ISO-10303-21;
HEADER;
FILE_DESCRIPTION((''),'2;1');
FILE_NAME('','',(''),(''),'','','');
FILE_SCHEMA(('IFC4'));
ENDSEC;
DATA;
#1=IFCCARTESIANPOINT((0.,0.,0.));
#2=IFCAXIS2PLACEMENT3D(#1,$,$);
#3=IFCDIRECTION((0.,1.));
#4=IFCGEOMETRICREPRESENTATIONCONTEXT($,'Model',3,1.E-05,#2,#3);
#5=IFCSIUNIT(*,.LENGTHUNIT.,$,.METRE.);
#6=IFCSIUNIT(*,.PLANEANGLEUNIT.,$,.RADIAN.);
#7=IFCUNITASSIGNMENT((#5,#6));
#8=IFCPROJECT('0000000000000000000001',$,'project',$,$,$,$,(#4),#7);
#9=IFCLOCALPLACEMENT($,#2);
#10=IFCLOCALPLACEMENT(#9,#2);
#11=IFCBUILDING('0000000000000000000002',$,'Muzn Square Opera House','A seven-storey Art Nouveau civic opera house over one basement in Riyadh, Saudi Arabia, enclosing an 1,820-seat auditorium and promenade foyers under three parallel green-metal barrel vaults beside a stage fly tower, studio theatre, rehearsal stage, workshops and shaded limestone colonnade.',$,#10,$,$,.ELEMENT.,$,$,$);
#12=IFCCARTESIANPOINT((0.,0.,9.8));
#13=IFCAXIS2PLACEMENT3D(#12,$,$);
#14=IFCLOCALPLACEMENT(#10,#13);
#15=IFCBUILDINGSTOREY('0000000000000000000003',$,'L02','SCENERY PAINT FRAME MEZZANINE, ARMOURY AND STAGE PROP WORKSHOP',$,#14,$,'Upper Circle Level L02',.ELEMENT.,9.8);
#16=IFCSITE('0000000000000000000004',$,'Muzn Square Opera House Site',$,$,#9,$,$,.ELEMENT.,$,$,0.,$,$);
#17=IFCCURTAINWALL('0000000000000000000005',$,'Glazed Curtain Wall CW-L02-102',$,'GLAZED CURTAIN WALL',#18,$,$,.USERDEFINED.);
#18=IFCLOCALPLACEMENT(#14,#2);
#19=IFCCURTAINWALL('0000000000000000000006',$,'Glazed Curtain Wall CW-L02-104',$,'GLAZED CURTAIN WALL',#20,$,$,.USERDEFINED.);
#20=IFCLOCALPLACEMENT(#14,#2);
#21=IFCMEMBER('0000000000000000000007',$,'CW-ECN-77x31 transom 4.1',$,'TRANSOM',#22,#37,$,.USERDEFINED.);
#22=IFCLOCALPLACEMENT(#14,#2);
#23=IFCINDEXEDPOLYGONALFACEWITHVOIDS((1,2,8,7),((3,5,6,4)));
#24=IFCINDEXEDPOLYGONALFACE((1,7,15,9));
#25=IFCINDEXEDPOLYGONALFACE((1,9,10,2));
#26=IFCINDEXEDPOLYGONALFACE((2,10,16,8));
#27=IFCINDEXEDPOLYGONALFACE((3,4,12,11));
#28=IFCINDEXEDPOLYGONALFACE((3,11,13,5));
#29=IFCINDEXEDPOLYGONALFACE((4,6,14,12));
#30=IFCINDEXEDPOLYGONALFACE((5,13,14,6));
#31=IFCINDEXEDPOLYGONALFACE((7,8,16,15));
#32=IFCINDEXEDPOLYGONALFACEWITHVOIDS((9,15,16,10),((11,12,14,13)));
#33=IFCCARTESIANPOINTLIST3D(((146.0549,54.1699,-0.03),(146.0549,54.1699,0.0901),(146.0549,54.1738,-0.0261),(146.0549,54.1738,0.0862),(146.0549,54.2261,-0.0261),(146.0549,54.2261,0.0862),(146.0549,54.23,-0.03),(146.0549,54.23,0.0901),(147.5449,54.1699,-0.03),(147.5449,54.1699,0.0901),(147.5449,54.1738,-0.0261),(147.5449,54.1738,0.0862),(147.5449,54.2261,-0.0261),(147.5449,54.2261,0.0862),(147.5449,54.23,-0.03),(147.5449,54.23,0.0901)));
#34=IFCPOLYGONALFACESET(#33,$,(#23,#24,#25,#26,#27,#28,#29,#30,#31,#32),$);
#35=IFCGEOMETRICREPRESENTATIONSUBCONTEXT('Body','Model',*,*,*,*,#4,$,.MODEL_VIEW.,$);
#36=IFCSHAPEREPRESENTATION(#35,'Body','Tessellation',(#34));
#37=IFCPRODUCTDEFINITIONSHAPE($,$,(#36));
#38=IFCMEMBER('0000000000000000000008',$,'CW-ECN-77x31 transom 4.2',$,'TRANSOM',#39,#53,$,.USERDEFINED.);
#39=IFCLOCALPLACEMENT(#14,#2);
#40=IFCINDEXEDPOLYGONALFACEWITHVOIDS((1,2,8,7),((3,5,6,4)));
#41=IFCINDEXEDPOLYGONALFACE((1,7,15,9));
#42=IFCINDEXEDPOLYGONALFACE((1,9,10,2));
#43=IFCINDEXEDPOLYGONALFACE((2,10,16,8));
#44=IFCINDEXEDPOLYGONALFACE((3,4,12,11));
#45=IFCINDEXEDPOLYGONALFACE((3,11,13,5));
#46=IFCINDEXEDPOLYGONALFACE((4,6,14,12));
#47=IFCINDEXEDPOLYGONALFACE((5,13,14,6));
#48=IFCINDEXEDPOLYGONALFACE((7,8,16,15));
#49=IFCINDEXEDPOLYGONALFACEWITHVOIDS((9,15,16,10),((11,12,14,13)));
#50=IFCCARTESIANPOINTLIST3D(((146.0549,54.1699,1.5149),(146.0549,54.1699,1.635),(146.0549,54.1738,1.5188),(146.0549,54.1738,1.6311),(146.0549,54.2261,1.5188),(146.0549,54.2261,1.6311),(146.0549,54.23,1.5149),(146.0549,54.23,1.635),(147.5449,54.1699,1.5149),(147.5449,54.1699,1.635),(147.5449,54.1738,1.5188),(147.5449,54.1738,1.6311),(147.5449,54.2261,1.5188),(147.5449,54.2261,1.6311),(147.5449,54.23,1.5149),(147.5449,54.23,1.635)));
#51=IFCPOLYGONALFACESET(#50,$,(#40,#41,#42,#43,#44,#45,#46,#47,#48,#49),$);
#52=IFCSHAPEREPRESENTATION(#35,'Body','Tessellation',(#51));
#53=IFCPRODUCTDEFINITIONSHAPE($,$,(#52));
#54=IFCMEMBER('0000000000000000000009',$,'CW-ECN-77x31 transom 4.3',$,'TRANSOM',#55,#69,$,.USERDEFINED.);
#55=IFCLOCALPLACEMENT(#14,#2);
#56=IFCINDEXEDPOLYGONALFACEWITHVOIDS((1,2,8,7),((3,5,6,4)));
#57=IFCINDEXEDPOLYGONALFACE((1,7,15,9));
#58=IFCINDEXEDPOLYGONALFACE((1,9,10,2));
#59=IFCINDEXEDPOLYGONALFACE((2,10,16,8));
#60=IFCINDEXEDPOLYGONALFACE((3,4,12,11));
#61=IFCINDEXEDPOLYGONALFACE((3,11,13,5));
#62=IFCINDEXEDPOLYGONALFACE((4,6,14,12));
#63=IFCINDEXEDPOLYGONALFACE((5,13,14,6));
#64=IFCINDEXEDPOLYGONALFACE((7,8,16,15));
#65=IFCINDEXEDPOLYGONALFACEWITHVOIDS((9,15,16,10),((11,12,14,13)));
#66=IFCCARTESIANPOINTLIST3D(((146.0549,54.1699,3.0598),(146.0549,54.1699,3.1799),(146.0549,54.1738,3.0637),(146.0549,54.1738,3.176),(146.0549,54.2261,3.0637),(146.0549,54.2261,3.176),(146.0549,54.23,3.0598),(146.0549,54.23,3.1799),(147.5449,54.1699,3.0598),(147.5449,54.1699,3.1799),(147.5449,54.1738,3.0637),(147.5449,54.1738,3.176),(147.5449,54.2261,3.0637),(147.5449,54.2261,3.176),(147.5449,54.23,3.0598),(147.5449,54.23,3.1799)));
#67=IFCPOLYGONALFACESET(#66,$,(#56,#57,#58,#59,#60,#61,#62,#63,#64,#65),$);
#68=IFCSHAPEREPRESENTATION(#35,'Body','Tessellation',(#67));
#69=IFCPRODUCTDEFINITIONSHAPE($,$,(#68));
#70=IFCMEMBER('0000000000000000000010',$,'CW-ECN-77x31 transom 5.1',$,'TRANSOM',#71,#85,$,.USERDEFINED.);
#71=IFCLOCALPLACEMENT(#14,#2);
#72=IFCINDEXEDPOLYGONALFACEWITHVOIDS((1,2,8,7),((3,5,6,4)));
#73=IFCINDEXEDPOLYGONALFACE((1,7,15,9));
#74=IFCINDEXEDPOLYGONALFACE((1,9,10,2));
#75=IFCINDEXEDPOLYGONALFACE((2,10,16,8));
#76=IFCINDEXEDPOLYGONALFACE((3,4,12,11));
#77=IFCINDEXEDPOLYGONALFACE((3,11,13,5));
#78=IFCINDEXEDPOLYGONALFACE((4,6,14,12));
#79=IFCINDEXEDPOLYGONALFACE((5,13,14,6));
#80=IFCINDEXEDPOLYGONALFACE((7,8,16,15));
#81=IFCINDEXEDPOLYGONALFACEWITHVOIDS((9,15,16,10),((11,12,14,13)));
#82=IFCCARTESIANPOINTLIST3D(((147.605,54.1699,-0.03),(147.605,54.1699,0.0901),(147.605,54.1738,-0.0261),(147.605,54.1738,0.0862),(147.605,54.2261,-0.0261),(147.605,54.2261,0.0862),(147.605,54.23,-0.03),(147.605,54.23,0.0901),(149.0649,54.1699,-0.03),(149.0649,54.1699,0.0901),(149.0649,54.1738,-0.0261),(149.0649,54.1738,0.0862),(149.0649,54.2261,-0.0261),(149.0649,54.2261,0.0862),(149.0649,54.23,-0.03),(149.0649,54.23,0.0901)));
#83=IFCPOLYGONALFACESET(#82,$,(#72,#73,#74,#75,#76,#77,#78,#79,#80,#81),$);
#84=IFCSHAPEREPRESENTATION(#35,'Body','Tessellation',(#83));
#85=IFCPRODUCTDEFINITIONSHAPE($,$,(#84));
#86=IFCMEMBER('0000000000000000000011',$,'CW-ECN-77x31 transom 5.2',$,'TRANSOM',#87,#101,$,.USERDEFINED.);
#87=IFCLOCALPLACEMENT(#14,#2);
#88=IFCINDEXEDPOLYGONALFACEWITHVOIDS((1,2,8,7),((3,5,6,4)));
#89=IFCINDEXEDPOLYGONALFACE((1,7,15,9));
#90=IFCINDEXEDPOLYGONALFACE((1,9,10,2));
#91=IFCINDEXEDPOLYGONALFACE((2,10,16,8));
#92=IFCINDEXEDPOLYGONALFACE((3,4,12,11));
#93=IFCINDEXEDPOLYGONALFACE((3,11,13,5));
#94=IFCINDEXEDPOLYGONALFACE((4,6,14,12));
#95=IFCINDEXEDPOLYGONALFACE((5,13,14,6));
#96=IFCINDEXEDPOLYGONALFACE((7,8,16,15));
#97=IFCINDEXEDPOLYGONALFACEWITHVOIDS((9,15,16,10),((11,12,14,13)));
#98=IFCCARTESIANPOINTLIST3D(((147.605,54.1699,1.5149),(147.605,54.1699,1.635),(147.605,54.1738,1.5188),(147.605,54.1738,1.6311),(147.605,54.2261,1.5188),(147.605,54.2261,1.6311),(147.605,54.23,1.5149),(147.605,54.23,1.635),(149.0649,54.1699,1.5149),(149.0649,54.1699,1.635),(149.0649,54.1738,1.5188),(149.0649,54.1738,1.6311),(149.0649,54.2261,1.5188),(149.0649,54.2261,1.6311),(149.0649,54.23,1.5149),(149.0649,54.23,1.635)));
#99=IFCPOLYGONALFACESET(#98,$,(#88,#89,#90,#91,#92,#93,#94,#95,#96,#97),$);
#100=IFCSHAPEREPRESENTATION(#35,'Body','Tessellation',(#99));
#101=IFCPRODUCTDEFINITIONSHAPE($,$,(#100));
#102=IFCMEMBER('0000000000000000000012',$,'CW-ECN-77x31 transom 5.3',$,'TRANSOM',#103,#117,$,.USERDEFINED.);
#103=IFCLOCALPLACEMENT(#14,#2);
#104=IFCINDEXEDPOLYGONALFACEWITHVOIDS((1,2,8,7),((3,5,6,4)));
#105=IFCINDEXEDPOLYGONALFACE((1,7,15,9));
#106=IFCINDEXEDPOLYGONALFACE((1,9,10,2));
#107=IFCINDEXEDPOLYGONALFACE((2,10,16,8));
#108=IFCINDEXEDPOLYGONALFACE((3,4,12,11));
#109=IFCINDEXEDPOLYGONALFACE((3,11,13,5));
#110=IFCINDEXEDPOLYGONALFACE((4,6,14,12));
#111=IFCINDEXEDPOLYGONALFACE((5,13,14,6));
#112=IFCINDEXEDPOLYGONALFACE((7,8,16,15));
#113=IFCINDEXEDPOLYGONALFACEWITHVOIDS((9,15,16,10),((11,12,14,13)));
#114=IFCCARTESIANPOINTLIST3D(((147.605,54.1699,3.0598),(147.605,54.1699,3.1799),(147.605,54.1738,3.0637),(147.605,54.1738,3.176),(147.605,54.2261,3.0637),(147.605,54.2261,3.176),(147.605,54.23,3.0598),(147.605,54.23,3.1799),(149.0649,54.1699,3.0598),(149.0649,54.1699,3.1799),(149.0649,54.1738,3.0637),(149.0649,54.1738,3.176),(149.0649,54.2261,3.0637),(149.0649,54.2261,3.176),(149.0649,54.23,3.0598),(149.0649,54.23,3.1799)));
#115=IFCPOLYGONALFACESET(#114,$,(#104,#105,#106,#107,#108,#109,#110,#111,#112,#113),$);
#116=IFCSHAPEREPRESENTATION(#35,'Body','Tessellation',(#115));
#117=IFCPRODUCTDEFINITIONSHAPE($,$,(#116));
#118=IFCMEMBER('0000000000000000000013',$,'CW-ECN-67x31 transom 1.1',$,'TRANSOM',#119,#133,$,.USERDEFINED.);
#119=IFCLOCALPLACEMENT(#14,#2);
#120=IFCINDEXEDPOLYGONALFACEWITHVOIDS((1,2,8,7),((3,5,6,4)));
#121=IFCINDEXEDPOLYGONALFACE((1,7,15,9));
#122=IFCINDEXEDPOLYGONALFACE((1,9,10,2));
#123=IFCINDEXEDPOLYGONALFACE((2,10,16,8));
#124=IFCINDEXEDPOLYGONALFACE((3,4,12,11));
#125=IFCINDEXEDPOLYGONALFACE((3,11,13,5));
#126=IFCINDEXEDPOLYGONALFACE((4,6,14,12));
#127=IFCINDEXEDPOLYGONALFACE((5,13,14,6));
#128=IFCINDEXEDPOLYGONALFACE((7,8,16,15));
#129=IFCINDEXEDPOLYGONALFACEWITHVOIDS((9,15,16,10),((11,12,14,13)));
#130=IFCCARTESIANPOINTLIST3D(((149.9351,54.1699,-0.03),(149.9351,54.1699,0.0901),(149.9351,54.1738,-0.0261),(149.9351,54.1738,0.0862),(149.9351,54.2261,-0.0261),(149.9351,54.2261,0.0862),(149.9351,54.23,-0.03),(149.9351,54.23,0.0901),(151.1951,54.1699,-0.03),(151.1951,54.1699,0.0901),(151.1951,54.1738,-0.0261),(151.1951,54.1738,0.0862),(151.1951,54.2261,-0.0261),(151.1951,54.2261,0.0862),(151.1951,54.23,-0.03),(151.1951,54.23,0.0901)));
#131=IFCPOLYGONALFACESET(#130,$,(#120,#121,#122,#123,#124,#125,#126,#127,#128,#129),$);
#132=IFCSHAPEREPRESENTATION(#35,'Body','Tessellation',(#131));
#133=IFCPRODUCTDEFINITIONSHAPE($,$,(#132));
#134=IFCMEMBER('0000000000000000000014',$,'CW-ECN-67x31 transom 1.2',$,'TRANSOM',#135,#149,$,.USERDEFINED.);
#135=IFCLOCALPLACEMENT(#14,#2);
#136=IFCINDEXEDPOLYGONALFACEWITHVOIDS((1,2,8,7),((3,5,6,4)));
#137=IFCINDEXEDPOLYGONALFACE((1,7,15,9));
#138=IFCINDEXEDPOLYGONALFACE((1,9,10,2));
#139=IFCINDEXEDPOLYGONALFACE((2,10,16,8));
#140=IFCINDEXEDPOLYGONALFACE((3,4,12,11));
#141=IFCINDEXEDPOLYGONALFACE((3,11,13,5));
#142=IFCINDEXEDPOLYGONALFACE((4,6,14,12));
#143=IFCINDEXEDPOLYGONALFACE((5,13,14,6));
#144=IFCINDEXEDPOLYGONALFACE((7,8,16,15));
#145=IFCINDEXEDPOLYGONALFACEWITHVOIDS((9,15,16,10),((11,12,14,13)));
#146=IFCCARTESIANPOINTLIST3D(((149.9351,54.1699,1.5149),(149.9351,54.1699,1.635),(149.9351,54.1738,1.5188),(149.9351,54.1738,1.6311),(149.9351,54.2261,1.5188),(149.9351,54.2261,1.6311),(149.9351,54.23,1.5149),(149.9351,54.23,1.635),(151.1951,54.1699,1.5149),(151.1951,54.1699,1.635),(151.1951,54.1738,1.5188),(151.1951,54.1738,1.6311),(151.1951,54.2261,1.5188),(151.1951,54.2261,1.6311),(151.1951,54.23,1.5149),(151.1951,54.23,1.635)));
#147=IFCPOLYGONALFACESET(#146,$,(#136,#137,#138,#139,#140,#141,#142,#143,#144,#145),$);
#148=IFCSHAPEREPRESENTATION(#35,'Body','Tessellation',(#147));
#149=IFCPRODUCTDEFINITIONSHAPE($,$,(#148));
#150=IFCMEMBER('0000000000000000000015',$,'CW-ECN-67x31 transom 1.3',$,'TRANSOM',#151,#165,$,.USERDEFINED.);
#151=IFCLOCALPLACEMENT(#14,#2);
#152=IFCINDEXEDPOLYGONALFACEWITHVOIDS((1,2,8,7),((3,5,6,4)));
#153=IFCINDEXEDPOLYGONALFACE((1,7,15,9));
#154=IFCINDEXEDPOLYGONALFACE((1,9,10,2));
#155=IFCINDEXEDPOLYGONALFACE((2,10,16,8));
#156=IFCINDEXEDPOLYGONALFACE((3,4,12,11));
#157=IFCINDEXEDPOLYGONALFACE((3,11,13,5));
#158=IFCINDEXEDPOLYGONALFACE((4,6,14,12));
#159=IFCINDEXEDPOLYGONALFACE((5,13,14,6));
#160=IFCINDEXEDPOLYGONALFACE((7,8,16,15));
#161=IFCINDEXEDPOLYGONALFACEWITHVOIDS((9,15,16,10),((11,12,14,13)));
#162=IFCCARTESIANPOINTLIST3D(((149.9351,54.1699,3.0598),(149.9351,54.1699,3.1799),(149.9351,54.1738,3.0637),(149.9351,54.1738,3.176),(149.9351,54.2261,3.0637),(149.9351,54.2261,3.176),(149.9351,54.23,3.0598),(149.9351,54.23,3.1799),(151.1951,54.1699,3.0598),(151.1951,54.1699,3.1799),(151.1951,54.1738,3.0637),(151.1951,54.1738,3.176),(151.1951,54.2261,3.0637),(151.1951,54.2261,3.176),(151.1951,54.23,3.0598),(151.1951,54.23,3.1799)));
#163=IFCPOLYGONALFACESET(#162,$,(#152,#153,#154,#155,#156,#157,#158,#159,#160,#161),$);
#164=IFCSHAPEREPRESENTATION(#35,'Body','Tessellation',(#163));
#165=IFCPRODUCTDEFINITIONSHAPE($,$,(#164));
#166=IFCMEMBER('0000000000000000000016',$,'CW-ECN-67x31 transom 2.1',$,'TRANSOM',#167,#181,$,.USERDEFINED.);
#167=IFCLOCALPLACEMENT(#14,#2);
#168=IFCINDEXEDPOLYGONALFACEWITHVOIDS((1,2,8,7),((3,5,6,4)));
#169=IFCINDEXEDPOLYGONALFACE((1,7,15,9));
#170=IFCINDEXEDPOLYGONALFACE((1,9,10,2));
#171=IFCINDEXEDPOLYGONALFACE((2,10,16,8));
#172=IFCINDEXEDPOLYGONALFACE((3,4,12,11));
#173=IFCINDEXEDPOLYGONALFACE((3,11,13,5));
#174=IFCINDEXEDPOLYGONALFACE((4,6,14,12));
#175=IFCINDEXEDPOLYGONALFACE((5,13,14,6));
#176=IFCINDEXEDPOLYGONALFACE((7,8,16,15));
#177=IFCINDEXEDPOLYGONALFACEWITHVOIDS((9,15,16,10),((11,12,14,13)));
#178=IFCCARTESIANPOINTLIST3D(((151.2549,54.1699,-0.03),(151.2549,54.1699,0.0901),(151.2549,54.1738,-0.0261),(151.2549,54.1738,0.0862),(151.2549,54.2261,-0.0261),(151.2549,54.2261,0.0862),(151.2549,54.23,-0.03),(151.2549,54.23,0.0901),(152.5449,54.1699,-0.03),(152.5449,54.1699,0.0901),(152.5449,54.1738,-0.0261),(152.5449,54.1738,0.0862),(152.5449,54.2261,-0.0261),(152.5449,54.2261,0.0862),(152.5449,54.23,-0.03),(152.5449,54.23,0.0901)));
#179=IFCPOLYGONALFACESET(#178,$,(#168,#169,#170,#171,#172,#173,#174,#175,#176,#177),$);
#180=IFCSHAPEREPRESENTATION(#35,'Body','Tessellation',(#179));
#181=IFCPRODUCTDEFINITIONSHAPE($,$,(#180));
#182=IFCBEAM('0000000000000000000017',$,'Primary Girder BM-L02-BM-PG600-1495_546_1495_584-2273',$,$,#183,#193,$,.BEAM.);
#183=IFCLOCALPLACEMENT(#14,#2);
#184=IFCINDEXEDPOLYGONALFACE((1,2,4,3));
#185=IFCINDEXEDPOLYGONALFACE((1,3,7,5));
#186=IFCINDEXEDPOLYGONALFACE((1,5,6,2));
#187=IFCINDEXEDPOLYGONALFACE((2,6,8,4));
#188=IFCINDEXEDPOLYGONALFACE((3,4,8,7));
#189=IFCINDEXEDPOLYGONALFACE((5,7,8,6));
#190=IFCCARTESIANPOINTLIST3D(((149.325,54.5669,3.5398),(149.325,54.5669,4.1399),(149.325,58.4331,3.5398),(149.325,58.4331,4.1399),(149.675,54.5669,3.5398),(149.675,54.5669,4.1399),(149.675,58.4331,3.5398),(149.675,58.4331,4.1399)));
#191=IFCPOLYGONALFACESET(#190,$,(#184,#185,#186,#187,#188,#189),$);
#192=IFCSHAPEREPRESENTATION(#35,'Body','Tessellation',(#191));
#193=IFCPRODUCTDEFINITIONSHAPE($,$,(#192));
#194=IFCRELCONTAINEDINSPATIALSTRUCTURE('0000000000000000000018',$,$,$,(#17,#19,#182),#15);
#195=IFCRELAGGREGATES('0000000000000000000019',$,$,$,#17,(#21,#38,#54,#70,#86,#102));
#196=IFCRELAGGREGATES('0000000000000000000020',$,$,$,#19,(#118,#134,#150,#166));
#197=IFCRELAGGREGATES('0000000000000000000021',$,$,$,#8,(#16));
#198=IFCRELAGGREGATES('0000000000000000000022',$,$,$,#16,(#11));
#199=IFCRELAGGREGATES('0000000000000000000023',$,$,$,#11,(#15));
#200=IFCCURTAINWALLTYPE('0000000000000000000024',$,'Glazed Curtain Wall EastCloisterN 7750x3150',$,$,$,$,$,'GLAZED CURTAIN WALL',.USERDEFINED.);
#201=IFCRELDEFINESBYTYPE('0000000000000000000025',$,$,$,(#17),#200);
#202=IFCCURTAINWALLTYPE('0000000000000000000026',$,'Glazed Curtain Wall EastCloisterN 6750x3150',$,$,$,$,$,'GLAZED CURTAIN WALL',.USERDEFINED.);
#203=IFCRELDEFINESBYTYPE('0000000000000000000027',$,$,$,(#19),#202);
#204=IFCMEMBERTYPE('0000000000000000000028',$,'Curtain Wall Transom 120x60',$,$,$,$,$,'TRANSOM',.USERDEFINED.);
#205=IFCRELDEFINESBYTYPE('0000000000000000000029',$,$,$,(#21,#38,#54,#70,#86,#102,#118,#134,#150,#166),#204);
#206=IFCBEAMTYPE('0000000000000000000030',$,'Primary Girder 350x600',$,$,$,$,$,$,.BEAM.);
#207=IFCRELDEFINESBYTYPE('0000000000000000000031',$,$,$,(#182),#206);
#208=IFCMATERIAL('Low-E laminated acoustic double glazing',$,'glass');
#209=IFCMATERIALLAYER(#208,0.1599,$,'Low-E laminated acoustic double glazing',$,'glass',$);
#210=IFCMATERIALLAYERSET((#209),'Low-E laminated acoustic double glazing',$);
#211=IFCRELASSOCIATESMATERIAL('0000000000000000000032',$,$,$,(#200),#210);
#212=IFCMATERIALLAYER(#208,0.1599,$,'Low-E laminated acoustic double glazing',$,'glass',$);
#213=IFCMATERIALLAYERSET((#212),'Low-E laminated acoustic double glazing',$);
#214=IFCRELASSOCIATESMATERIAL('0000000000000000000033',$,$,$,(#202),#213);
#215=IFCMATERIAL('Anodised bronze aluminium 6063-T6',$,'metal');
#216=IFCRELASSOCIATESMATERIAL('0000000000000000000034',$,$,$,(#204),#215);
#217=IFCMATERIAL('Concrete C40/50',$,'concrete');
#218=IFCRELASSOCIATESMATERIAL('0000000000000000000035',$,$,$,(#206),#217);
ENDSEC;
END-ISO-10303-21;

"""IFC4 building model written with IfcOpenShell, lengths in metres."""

from ifc_helpers import new_model, si_unit, direction, frame, origin, origin_2d, place, context, subcontext, project, spatial, rectangle, hollow_rectangle, extrude, material, layer, layer_set, material_profile, profile_set, type_object, element, aggregate, save


model = new_model("IFC4")

# Units and contexts
model_context = context("Model", 3, precision=1e-05, world=origin(), true_north=direction((0.0, 1.0)))
body_context = subcontext(model_context, "Body", "Model", "MODEL_VIEW")
ifc_project = project(units=[si_unit("LENGTHUNIT", "METRE"), si_unit("PLANEANGLEUNIT", "RADIAN")], contexts=[model_context])

# Site, building, storey
site_placement = place(None, origin())
site = spatial("IfcSite", under=ifc_project, at=site_placement, Name="Muzn Square Opera House Site", CompositionType="ELEMENT", RefElevation=0.0)
building_placement = place(site_placement, origin())
building = spatial("IfcBuilding", under=site, at=building_placement, Name="Muzn Square Opera House", Description="A seven-storey Art Nouveau civic opera house over one basement in Riyadh, Saudi Arabia, enclosing an 1,820-seat auditorium and promenade foyers under three parallel green-metal barrel vaults beside a stage fly tower, studio theatre, rehearsal stage, workshops and shaded limestone colonnade.", CompositionType="ELEMENT")
storey_placement = place(building_placement, frame((0.0, 0.0, 9.8)))
storey = spatial("IfcBuildingStorey", under=building, at=storey_placement, Name="L02", Description="SCENERY PAINT FRAME MEZZANINE, ARMOURY AND STAGE PROP WORKSHOP", LongName="Upper Circle Level L02", CompositionType="ELEMENT", Elevation=9.8)

# Curtain walls
ifc_material_1 = material(Name="Low-E laminated acoustic double glazing", Category="glass")
ifc_layer_1 = layer(ifc_material_1, 0.1599, Name="Low-E laminated acoustic double glazing", Category="glass")
ifc_layer_set_1 = layer_set([ifc_layer_1], Name="Low-E laminated acoustic double glazing")
curtain_wall_type_1 = type_object("IfcCurtainWallType", Name="Glazed Curtain Wall EastCloisterN 7750x3150", ElementType="GLAZED CURTAIN WALL", PredefinedType="USERDEFINED", material=ifc_layer_set_1)
curtain_wall_1_placement = place(storey_placement, origin())
curtain_wall_1 = element("IfcCurtainWall", 1, at=curtain_wall_1_placement, inside=storey, type_object=curtain_wall_type_1, Name="Glazed Curtain Wall CW-L02-102", ObjectType="GLAZED CURTAIN WALL", PredefinedType="USERDEFINED")
ifc_material_2 = material(Name="Anodised bronze aluminium 6063-T6", Category="metal")
ifc_layer_2 = layer(ifc_material_1, 0.1599, Name="Low-E laminated acoustic double glazing", Category="glass")
ifc_layer_set_2 = layer_set([ifc_layer_2], Name="Low-E laminated acoustic double glazing")
curtain_wall_type_2 = type_object("IfcCurtainWallType", Name="Glazed Curtain Wall EastCloisterN 6750x3150", ElementType="GLAZED CURTAIN WALL", PredefinedType="USERDEFINED", material=ifc_layer_set_2)
curtain_wall_2_placement = place(storey_placement, origin())
curtain_wall_2 = element("IfcCurtainWall", 2, at=curtain_wall_2_placement, inside=storey, type_object=curtain_wall_type_2, Name="Glazed Curtain Wall CW-L02-104", ObjectType="GLAZED CURTAIN WALL", PredefinedType="USERDEFINED")

# Members
ifc_material_profile_1 = material_profile(ifc_material_2, hollow_rectangle(XDim=0.0601, YDim=0.1201, WallThickness=0.0039, at=origin_2d()), Name="ALU 120x60x4", Category="metal")
ifc_profile_set_1 = profile_set([ifc_material_profile_1], Name="Anodised bronze aluminium 6063-T6")
member_type_1 = type_object("IfcMemberType", Name="Curtain Wall Transom 120x60", ElementType="TRANSOM", PredefinedType="USERDEFINED", material=ifc_profile_set_1)
member_1_placement = place(storey_placement, frame((146.0549, 54.2, 0.03), z_axis=(1.0, 0.0, 0.0), x_axis=(0.0, 1.0, 0.0)))
member_1 = element("IfcMember", 3, at=member_1_placement, type_object=member_type_1, Name="CW-ECN-77x31 transom 4.1", ObjectType="TRANSOM", PredefinedType="USERDEFINED", context=body_context, shape_type="SweptSolid", body=[
    extrude(hollow_rectangle(XDim=0.0601, YDim=0.1201, WallThickness=0.0039, at=origin_2d()), origin(), (0.0, 0.0, 1.0), 1.49),
])
member_2_placement = place(storey_placement, frame((146.0549, 54.2, 1.575), z_axis=(1.0, 0.0, 0.0), x_axis=(0.0, 1.0, 0.0)))
member_2 = element("IfcMember", 4, at=member_2_placement, type_object=member_type_1, Name="CW-ECN-77x31 transom 4.2", ObjectType="TRANSOM", PredefinedType="USERDEFINED", context=body_context, shape_type="SweptSolid", body=[
    extrude(hollow_rectangle(XDim=0.0601, YDim=0.1201, WallThickness=0.0039, at=origin_2d()), origin(), (0.0, 0.0, 1.0), 1.49),
])
member_3_placement = place(storey_placement, frame((146.0549, 54.2, 3.1199), z_axis=(1.0, 0.0, 0.0), x_axis=(0.0, 1.0, 0.0)))
member_3 = element("IfcMember", 5, at=member_3_placement, type_object=member_type_1, Name="CW-ECN-77x31 transom 4.3", ObjectType="TRANSOM", PredefinedType="USERDEFINED", context=body_context, shape_type="SweptSolid", body=[
    extrude(hollow_rectangle(XDim=0.0601, YDim=0.1201, WallThickness=0.0039, at=origin_2d()), origin(), (0.0, 0.0, 1.0), 1.49),
])
member_4_placement = place(storey_placement, frame((147.605, 54.2, 0.03), z_axis=(1.0, 0.0, 0.0), x_axis=(0.0, 1.0, 0.0)))
member_4 = element("IfcMember", 6, at=member_4_placement, type_object=member_type_1, Name="CW-ECN-77x31 transom 5.1", ObjectType="TRANSOM", PredefinedType="USERDEFINED", context=body_context, shape_type="SweptSolid", body=[
    extrude(hollow_rectangle(XDim=0.0601, YDim=0.1201, WallThickness=0.0039, at=origin_2d()), origin(), (0.0, 0.0, 1.0), 1.46),
])
member_5_placement = place(storey_placement, frame((147.605, 54.2, 1.575), z_axis=(1.0, 0.0, 0.0), x_axis=(0.0, 1.0, 0.0)))
member_5 = element("IfcMember", 7, at=member_5_placement, type_object=member_type_1, Name="CW-ECN-77x31 transom 5.2", ObjectType="TRANSOM", PredefinedType="USERDEFINED", context=body_context, shape_type="SweptSolid", body=[
    extrude(hollow_rectangle(XDim=0.0601, YDim=0.1201, WallThickness=0.0039, at=origin_2d()), origin(), (0.0, 0.0, 1.0), 1.46),
])
member_6_placement = place(storey_placement, frame((147.605, 54.2, 3.1199), z_axis=(1.0, 0.0, 0.0), x_axis=(0.0, 1.0, 0.0)))
member_6 = element("IfcMember", 8, at=member_6_placement, type_object=member_type_1, Name="CW-ECN-77x31 transom 5.3", ObjectType="TRANSOM", PredefinedType="USERDEFINED", context=body_context, shape_type="SweptSolid", body=[
    extrude(hollow_rectangle(XDim=0.0601, YDim=0.1201, WallThickness=0.0039, at=origin_2d()), origin(), (0.0, 0.0, 1.0), 1.46),
])
member_7_placement = place(storey_placement, frame((149.9351, 54.2, 0.03), z_axis=(1.0, 0.0, 0.0), x_axis=(0.0, 1.0, 0.0)))
member_7 = element("IfcMember", 9, at=member_7_placement, type_object=member_type_1, Name="CW-ECN-67x31 transom 1.1", ObjectType="TRANSOM", PredefinedType="USERDEFINED", context=body_context, shape_type="SweptSolid", body=[
    extrude(hollow_rectangle(XDim=0.0601, YDim=0.1201, WallThickness=0.0039, at=origin_2d()), origin(), (0.0, 0.0, 1.0), 1.26),
])
member_8_placement = place(storey_placement, frame((149.9351, 54.2, 1.575), z_axis=(1.0, 0.0, 0.0), x_axis=(0.0, 1.0, 0.0)))
member_8 = element("IfcMember", 10, at=member_8_placement, type_object=member_type_1, Name="CW-ECN-67x31 transom 1.2", ObjectType="TRANSOM", PredefinedType="USERDEFINED", context=body_context, shape_type="SweptSolid", body=[
    extrude(hollow_rectangle(XDim=0.0601, YDim=0.1201, WallThickness=0.0039, at=origin_2d()), origin(), (0.0, 0.0, 1.0), 1.26),
])
member_9_placement = place(storey_placement, frame((149.9351, 54.2, 3.1199), z_axis=(1.0, 0.0, 0.0), x_axis=(0.0, 1.0, 0.0)))
member_9 = element("IfcMember", 11, at=member_9_placement, type_object=member_type_1, Name="CW-ECN-67x31 transom 1.3", ObjectType="TRANSOM", PredefinedType="USERDEFINED", context=body_context, shape_type="SweptSolid", body=[
    extrude(hollow_rectangle(XDim=0.0601, YDim=0.1201, WallThickness=0.0039, at=origin_2d()), origin(), (0.0, 0.0, 1.0), 1.26),
])
member_10_placement = place(storey_placement, frame((151.2549, 54.2, 0.03), z_axis=(1.0, 0.0, 0.0), x_axis=(0.0, 1.0, 0.0)))
member_10 = element("IfcMember", 12, at=member_10_placement, type_object=member_type_1, Name="CW-ECN-67x31 transom 2.1", ObjectType="TRANSOM", PredefinedType="USERDEFINED", context=body_context, shape_type="SweptSolid", body=[
    extrude(hollow_rectangle(XDim=0.0601, YDim=0.1201, WallThickness=0.0039, at=origin_2d()), origin(), (0.0, 0.0, 1.0), 1.29),
])

# Beam
ifc_material_3 = material(Name="Concrete C40/50", Category="concrete")
ifc_material_profile_2 = material_profile(ifc_material_3, rectangle(XDim=0.3501, YDim=0.6001, at=origin_2d()), Name="RCB 350x600", Category="concrete")
ifc_profile_set_2 = profile_set([ifc_material_profile_2], Name="Concrete C40/50")
beam_type_1 = type_object("IfcBeamType", Name="Primary Girder 350x600", PredefinedType="BEAM", material=ifc_profile_set_2)
beam_1_placement = place(storey_placement, frame((149.5, 54.5669, 3.8398), z_axis=(0.0, 1.0, 0.0), x_axis=(-1.0, 0.0, 0.0)))
element("IfcBeam", 13, at=beam_1_placement, inside=storey, type_object=beam_type_1, Name="Primary Girder BM-L02-BM-PG600-1495_546_1495_584-2273", PredefinedType="BEAM", context=body_context, shape_type="SweptSolid", body=[
    extrude(rectangle(XDim=0.3501, YDim=0.6001, at=origin_2d()), origin(), (0.0, 0.0, 1.0), 3.8662),
])

aggregate(curtain_wall_1, [member_1, member_2, member_3, member_4, member_5, member_6])
aggregate(curtain_wall_2, [member_7, member_8, member_9, member_10])

save(model, "model.ifc")
